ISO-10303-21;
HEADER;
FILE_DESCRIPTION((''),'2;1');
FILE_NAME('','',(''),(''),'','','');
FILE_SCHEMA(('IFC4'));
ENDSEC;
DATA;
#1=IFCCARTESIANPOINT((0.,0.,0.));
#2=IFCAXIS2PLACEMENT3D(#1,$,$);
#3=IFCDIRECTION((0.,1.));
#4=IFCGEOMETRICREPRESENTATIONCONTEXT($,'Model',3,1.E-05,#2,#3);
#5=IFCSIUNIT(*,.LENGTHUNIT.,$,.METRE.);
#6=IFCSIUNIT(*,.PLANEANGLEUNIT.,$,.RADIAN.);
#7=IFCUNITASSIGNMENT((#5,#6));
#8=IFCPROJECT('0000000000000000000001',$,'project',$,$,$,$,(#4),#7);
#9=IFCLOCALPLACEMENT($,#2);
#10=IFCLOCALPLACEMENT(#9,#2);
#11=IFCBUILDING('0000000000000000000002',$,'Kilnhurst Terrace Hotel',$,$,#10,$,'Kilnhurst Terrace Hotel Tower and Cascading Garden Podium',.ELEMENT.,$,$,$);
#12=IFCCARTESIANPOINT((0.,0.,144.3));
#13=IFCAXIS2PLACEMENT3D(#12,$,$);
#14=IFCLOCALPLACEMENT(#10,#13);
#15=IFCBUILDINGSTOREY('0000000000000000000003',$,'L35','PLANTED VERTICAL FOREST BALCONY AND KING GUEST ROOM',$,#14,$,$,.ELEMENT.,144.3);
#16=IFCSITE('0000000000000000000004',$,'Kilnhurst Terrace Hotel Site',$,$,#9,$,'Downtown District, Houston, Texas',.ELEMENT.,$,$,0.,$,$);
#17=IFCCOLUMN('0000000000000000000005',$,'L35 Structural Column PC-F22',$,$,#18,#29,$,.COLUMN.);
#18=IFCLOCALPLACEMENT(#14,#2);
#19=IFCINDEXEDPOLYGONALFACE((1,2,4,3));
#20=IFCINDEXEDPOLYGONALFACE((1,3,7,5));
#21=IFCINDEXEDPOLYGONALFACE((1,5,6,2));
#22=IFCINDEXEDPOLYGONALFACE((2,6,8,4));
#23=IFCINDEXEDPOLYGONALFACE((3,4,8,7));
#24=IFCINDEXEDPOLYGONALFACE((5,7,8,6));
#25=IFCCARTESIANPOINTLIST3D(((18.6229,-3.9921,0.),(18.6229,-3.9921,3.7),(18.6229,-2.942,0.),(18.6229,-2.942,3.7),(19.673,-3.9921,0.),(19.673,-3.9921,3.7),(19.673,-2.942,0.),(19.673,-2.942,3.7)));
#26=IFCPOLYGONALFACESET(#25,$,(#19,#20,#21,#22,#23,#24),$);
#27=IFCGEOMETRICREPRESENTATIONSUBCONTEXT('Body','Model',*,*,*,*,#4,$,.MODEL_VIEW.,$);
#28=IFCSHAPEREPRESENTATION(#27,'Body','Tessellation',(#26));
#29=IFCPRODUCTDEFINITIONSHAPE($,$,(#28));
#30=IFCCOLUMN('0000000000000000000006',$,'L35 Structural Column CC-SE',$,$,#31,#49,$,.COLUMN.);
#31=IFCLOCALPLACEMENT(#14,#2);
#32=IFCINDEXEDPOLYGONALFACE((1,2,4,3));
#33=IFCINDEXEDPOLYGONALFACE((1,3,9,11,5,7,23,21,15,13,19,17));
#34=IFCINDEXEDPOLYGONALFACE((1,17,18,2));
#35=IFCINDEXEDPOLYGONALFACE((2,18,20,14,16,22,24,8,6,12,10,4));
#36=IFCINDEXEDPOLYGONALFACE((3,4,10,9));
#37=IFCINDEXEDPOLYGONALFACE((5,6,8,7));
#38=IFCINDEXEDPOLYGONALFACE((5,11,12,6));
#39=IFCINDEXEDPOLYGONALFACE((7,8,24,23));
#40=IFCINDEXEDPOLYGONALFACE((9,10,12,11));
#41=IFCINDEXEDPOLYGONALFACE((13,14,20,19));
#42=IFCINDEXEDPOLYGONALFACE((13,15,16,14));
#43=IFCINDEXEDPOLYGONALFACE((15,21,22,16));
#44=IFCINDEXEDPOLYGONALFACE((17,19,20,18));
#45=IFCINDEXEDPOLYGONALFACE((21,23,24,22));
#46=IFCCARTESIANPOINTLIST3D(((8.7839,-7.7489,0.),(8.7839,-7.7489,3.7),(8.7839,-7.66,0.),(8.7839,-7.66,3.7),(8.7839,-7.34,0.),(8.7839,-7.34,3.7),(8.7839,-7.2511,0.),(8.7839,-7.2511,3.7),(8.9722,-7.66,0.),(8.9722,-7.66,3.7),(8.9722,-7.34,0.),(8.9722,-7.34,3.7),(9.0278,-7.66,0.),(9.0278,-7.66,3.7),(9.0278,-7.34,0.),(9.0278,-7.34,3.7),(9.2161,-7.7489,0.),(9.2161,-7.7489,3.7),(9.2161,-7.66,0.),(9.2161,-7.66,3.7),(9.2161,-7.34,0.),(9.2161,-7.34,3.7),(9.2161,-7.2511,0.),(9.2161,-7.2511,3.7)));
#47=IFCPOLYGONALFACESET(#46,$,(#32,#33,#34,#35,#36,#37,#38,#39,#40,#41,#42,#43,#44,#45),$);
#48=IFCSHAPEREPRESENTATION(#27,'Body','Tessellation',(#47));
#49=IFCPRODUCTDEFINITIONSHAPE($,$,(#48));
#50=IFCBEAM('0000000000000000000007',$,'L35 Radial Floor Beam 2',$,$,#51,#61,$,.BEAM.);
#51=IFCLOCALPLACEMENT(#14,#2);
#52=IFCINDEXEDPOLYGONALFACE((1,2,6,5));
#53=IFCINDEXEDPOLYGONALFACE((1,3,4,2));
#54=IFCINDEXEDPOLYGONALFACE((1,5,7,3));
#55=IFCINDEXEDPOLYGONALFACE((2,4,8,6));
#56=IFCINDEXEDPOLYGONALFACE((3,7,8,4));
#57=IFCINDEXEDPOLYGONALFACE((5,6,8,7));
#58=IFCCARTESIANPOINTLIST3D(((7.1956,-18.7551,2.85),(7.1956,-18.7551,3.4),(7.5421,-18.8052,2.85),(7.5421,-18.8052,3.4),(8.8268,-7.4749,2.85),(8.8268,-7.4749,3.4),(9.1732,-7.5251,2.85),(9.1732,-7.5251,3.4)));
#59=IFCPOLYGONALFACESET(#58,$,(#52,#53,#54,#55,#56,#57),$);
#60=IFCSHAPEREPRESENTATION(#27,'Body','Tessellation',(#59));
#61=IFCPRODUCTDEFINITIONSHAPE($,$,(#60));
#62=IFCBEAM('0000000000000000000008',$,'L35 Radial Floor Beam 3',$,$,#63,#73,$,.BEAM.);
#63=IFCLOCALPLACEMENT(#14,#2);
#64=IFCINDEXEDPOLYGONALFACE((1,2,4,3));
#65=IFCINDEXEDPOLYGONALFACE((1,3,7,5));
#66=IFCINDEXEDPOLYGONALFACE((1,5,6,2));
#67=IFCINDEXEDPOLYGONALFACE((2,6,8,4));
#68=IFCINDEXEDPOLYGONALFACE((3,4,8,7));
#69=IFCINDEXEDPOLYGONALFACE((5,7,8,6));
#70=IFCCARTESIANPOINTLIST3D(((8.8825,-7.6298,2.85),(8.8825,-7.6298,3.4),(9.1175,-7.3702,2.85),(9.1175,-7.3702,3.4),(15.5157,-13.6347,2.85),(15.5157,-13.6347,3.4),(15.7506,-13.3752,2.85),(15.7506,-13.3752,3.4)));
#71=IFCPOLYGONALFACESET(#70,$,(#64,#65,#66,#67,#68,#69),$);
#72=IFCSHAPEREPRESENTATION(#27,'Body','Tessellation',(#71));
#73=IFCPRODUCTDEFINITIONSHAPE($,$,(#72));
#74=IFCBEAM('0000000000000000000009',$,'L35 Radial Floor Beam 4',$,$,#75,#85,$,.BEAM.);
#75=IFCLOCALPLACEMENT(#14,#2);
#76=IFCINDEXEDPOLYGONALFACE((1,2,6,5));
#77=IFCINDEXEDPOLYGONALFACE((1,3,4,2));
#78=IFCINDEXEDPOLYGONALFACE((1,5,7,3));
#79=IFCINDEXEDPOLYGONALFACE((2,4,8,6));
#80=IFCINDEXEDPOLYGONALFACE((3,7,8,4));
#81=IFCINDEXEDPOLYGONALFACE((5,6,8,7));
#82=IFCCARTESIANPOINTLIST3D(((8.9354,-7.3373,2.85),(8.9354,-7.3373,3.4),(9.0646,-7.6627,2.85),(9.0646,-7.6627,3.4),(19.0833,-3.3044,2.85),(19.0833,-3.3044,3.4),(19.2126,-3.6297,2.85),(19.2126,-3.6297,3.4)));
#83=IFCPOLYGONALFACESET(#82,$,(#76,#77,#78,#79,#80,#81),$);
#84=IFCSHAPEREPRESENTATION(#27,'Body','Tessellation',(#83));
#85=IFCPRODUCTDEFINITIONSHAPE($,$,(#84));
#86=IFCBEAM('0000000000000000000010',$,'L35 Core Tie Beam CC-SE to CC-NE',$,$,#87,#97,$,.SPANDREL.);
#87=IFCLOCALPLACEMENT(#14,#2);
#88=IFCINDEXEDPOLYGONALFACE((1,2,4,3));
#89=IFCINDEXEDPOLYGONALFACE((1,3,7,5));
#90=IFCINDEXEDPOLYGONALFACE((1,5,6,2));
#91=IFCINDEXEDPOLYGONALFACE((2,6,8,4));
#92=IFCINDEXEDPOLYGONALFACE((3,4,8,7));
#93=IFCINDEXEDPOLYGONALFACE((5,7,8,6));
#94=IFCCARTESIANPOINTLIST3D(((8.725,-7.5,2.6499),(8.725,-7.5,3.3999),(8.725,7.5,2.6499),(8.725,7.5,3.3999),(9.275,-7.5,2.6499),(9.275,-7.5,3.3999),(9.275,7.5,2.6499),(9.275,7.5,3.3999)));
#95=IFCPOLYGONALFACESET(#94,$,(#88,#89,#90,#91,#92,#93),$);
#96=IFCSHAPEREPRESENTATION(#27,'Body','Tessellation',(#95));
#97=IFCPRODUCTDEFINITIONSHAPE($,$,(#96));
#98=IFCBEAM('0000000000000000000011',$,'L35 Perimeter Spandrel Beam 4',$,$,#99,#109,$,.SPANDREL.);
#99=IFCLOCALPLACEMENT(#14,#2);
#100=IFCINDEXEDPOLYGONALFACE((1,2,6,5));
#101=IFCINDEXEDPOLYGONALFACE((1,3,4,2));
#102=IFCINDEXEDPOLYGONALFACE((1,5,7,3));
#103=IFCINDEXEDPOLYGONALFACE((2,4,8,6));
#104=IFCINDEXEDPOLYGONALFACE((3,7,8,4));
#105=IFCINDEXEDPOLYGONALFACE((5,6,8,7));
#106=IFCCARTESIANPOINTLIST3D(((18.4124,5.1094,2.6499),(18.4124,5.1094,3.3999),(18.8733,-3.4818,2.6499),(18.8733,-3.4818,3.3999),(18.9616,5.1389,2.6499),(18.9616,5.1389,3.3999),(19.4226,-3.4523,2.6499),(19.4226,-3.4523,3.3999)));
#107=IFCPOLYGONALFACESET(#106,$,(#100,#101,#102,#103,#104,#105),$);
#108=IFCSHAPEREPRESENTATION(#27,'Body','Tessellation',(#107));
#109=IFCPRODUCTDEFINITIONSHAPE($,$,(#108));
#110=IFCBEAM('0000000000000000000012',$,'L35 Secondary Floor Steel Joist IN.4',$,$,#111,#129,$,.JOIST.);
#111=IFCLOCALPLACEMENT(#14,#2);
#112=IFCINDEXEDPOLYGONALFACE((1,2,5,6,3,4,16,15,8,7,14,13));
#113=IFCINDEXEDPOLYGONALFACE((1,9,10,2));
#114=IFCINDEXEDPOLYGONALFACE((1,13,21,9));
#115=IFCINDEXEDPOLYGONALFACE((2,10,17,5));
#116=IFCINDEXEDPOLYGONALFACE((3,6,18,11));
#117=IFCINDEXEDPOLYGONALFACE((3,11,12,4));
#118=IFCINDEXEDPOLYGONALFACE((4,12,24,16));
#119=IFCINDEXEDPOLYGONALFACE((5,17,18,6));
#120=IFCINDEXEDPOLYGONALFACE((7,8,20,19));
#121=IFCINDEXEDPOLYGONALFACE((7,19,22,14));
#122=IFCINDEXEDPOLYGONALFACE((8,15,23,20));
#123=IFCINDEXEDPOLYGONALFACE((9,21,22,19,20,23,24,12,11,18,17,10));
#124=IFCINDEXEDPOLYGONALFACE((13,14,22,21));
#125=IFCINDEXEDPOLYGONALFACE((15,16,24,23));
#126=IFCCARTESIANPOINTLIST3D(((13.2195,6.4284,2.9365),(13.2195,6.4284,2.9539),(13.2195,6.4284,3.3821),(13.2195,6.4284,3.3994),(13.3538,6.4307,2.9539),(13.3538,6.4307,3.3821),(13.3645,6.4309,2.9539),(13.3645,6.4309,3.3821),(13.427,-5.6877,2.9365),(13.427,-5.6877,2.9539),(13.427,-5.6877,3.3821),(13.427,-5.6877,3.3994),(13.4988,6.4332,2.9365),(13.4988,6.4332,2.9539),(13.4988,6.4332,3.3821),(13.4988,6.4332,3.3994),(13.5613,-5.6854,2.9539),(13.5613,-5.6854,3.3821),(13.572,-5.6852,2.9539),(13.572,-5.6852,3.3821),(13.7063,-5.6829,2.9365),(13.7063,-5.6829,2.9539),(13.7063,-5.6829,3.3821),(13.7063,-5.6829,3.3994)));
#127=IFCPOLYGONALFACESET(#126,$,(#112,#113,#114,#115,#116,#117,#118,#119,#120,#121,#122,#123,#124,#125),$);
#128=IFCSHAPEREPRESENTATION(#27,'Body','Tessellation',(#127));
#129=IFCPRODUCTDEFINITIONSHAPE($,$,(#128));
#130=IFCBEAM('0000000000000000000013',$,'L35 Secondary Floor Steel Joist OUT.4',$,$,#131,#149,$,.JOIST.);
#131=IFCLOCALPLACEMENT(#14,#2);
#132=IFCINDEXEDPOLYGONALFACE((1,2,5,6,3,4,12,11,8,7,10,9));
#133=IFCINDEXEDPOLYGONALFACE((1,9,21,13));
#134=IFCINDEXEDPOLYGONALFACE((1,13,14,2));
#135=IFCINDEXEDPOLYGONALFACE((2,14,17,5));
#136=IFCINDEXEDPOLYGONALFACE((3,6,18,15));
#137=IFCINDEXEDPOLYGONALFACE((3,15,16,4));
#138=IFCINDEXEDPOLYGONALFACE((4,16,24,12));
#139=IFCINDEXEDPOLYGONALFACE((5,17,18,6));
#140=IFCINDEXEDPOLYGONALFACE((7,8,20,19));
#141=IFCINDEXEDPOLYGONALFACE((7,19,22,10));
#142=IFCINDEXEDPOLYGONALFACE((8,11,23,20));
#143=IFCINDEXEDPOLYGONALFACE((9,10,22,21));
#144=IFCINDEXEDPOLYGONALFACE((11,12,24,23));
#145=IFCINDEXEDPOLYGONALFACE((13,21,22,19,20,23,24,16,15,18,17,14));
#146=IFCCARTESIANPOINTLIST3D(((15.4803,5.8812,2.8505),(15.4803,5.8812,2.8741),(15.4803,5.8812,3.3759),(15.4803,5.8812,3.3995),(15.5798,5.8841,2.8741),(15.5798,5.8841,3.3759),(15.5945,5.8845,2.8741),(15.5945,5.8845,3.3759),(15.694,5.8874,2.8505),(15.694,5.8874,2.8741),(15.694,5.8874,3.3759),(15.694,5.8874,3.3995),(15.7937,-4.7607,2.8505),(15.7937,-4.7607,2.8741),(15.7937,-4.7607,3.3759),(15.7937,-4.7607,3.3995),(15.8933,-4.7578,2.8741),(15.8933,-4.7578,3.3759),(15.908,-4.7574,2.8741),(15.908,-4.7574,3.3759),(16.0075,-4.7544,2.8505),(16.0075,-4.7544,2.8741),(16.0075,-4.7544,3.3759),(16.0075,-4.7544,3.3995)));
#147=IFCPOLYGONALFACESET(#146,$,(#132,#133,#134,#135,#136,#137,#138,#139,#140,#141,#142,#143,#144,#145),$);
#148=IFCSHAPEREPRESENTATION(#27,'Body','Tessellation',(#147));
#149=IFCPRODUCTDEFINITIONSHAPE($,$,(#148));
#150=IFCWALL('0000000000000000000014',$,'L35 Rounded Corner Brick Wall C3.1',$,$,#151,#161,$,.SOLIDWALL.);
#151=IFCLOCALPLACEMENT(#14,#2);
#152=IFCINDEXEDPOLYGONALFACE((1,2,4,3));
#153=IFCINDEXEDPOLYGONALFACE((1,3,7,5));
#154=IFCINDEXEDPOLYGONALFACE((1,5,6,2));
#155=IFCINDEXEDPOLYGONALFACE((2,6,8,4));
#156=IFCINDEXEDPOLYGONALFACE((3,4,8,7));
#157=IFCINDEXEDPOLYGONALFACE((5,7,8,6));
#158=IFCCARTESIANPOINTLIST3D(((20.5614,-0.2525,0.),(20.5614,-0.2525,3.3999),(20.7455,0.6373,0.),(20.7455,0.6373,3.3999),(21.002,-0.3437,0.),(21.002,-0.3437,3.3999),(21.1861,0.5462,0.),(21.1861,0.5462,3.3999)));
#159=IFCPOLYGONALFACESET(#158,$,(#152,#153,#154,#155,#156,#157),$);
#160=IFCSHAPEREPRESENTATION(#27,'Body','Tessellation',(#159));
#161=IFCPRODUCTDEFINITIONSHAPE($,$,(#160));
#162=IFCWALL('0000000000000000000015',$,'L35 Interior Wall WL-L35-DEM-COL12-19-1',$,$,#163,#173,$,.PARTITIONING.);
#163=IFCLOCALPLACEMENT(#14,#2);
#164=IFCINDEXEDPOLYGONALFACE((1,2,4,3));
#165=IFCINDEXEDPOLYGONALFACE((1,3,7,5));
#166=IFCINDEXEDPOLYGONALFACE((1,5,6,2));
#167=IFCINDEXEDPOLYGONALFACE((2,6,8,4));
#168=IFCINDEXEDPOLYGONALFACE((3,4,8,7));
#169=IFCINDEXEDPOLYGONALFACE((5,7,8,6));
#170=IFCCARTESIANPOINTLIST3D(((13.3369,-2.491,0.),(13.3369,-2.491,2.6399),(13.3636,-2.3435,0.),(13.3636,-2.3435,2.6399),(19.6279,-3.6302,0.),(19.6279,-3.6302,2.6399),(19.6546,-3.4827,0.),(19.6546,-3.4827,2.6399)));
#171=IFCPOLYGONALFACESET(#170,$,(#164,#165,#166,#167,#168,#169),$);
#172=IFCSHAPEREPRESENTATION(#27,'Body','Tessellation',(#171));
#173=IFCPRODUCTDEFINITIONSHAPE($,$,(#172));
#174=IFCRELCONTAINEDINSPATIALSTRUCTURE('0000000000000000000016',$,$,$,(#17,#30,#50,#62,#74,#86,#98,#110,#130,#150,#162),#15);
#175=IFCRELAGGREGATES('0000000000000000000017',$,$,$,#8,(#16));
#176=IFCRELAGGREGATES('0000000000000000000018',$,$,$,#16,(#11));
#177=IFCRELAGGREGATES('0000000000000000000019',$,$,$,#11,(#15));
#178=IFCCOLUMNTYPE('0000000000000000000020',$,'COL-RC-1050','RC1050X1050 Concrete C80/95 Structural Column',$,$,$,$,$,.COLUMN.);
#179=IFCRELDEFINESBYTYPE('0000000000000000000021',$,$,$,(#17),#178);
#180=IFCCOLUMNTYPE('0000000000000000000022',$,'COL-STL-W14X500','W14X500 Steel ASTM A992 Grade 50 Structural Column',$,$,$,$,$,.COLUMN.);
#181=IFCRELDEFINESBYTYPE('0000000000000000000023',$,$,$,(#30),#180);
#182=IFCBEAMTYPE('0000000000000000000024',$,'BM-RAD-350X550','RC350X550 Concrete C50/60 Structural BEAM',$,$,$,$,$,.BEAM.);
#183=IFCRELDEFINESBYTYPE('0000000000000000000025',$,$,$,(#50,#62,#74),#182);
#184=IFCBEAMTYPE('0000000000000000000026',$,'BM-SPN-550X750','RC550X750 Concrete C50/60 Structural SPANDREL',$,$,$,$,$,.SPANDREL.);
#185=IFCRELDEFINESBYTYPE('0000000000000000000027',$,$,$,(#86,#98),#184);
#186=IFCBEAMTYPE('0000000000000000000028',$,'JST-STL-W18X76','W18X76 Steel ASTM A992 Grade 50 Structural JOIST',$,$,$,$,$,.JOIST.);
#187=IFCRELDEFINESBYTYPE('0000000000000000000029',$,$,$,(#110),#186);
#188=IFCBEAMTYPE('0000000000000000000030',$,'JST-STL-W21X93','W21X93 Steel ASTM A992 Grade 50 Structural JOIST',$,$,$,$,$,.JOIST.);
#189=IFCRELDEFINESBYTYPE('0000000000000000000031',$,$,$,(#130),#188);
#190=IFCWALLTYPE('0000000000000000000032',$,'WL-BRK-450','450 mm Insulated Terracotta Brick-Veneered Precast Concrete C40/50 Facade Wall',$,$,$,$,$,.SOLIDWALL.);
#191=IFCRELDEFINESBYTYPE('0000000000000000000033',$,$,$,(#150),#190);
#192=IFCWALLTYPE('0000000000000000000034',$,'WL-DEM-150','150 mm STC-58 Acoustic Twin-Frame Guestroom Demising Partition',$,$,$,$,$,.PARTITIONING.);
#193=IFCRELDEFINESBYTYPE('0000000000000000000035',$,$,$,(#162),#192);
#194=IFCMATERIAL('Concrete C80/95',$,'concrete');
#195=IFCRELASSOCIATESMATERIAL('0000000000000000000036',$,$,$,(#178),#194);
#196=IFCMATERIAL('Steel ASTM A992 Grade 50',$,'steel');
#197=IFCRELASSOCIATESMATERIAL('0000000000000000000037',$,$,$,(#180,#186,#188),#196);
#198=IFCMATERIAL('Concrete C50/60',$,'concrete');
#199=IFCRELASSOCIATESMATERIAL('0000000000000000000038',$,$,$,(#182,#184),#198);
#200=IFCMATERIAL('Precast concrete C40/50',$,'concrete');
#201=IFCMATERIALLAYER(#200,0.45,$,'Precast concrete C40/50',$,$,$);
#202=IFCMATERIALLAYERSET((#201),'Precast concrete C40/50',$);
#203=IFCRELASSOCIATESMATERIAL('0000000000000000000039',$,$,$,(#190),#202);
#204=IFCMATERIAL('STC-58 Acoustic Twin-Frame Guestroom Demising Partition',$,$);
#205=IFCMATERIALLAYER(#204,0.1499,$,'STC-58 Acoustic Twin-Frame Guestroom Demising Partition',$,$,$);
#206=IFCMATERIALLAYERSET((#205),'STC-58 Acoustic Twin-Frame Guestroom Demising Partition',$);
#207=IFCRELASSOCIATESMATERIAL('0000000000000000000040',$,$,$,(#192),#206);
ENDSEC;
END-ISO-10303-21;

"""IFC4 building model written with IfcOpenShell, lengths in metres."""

from ifc_helpers import new_model, si_unit, direction, frame, frame_2d, origin, origin_2d, place, context, subcontext, project, spatial, rectangle, i_section, extrude, material, layer, layer_set, material_profile, profile_set, type_object, element, save


model = new_model("IFC4")

# Units and contexts
model_context = context("Model", 3, precision=1e-05, world=origin(), true_north=direction((0.0, 1.0)))
body_context = subcontext(model_context, "Body", "Model", "MODEL_VIEW")
ifc_project = project(units=[si_unit("LENGTHUNIT", "METRE"), si_unit("PLANEANGLEUNIT", "RADIAN")], contexts=[model_context])

# Site, building, storey
site_placement = place(None, origin())
site = spatial("IfcSite", under=ifc_project, at=site_placement, Name="Kilnhurst Terrace Hotel Site", LongName="Downtown District, Houston, Texas", CompositionType="ELEMENT", RefElevation=0.0)
building_placement = place(site_placement, origin())
building = spatial("IfcBuilding", under=site, at=building_placement, Name="Kilnhurst Terrace Hotel", LongName="Kilnhurst Terrace Hotel Tower and Cascading Garden Podium", CompositionType="ELEMENT")
storey_placement = place(building_placement, frame((0.0, 0.0, 144.3)))
storey = spatial("IfcBuildingStorey", under=building, at=storey_placement, Name="L35", Description="PLANTED VERTICAL FOREST BALCONY AND KING GUEST ROOM", CompositionType="ELEMENT", Elevation=144.3)

# Columns
ifc_material_1 = material(Name="Concrete C80/95", Category="concrete")
ifc_material_profile_1 = material_profile(ifc_material_1, rectangle(XDim=1.05, YDim=1.05, at=origin_2d()), Name="RC1050X1050")
ifc_profile_set_1 = profile_set([ifc_material_profile_1], Name="Concrete C80/95")
column_type_1 = type_object("IfcColumnType", Name="COL-RC-1050", Description="RC1050X1050 Concrete C80/95 Structural Column", PredefinedType="COLUMN", material=ifc_profile_set_1)
column_1_placement = place(storey_placement, frame((19.1479, -3.467, 0.0), z_axis=(0.0, 0.0, 1.0), x_axis=(1.0, 0.0, 0.0)))
element("IfcColumn", 1, at=column_1_placement, inside=storey, type_object=column_type_1, Name="L35 Structural Column PC-F22", PredefinedType="COLUMN", context=body_context, shape_type="SweptSolid", body=[
    extrude(rectangle(XDim=1.05, YDim=1.05, at=origin_2d()), origin(), (0.0, 0.0, 1.0), 3.7),
])
ifc_material_2 = material(Name="Steel ASTM A992 Grade 50", Category="steel")
ifc_material_profile_2 = material_profile(ifc_material_2, i_section(OverallWidth=0.4321, OverallDepth=0.4978, WebThickness=0.0557, FlangeThickness=0.0889, at=origin_2d()), Name="W14X500")
ifc_profile_set_2 = profile_set([ifc_material_profile_2], Name="Steel ASTM A992 Grade 50")
column_type_2 = type_object("IfcColumnType", Name="COL-STL-W14X500", Description="W14X500 Steel ASTM A992 Grade 50 Structural Column", PredefinedType="COLUMN", material=ifc_profile_set_2)
column_2_placement = place(storey_placement, frame((9.0, -7.5, 0.0), z_axis=(0.0, 0.0, 1.0), x_axis=(1.0, 0.0, 0.0)))
element("IfcColumn", 2, at=column_2_placement, inside=storey, type_object=column_type_2, Name="L35 Structural Column CC-SE", PredefinedType="COLUMN", context=body_context, shape_type="SweptSolid", body=[
    extrude(i_section(OverallWidth=0.4321, OverallDepth=0.4978, WebThickness=0.0557, FlangeThickness=0.0889, at=origin_2d()), origin(), (0.0, 0.0, 1.0), 3.7),
])

# Beams
ifc_material_3 = material(Name="Concrete C50/60", Category="concrete")
ifc_material_profile_3 = material_profile(ifc_material_3, rectangle(XDim=0.3501, YDim=0.55, at=origin_2d()), Name="RC350X550")
ifc_profile_set_3 = profile_set([ifc_material_profile_3], Name="Concrete C50/60")
beam_type_1 = type_object("IfcBeamType", Name="BM-RAD-350X550", Description="RC350X550 Concrete C50/60 Structural BEAM", PredefinedType="BEAM", material=ifc_profile_set_3)
beam_1_placement = place(storey_placement, frame((9.0, -7.5, 3.125), z_axis=(-0.143113, -0.989706, 0.0), x_axis=(0.989706, -0.143113, 0.0)))
element("IfcBeam", 3, at=beam_1_placement, inside=storey, type_object=beam_type_1, Name="L35 Radial Floor Beam 2", PredefinedType="BEAM", context=body_context, shape_type="SweptSolid", body=[
    extrude(rectangle(XDim=0.3501, YDim=0.55, at=origin_2d()), origin(), (0.0, 0.0, 1.0), 11.3975),
])
beam_2_placement = place(storey_placement, frame((9.0, -7.5, 3.125), z_axis=(0.741339, -0.671131, 0.0), x_axis=(0.671131, 0.741339, 0.0)))
element("IfcBeam", 4, at=beam_2_placement, inside=storey, type_object=beam_type_1, Name="L35 Radial Floor Beam 3", PredefinedType="BEAM", context=body_context, shape_type="SweptSolid", body=[
    extrude(rectangle(XDim=0.3501, YDim=0.55, at=origin_2d()), origin(), (0.0, 0.0, 1.0), 8.9475),
])
beam_3_placement = place(storey_placement, frame((9.0, -7.5, 3.125), z_axis=(0.929302, 0.36932, 0.0), x_axis=(-0.36932, 0.929302, 0.0)))
element("IfcBeam", 5, at=beam_3_placement, inside=storey, type_object=beam_type_1, Name="L35 Radial Floor Beam 4", PredefinedType="BEAM", context=body_context, shape_type="SweptSolid", body=[
    extrude(rectangle(XDim=0.3501, YDim=0.55, at=origin_2d()), origin(), (0.0, 0.0, 1.0), 10.9199),
])
ifc_material_profile_4 = material_profile(ifc_material_3, rectangle(XDim=0.55, YDim=0.75, at=origin_2d()), Name="RC550X750")
ifc_profile_set_4 = profile_set([ifc_material_profile_4], Name="Concrete C50/60")
beam_type_2 = type_object("IfcBeamType", Name="BM-SPN-550X750", Description="RC550X750 Concrete C50/60 Structural SPANDREL", PredefinedType="SPANDREL", material=ifc_profile_set_4)
beam_4_placement = place(storey_placement, frame((9.0, -7.5, 3.0249), z_axis=(0.0, 1.0, 0.0), x_axis=(-1.0, 0.0, 0.0)))
element("IfcBeam", 6, at=beam_4_placement, inside=storey, type_object=beam_type_2, Name="L35 Core Tie Beam CC-SE to CC-NE", PredefinedType="SPANDREL", context=body_context, shape_type="SweptSolid", body=[
    extrude(rectangle(XDim=0.55, YDim=0.75, at=origin_2d()), origin(), (0.0, 0.0, 1.0), 15.0),
])
beam_5_placement = place(storey_placement, frame((19.1479, -3.467, 3.0249), z_axis=(-0.053576, 0.998564, 0.0), x_axis=(-0.998564, -0.053576, 0.0)))
element("IfcBeam", 7, at=beam_5_placement, inside=storey, type_object=beam_type_2, Name="L35 Perimeter Spandrel Beam 4", PredefinedType="SPANDREL", context=body_context, shape_type="SweptSolid", body=[
    extrude(rectangle(XDim=0.55, YDim=0.75, at=origin_2d()), origin(), (0.0, 0.0, 1.0), 8.6035),
])
ifc_material_profile_5 = material_profile(ifc_material_2, i_section(OverallWidth=0.2793, OverallDepth=0.4629, WebThickness=0.0107, FlangeThickness=0.0173, at=origin_2d()), Name="W18X76")
ifc_profile_set_5 = profile_set([ifc_material_profile_5], Name="Steel ASTM A992 Grade 50")
beam_type_3 = type_object("IfcBeamType", Name="JST-STL-W18X76", Description="W18X76 Steel ASTM A992 Grade 50 Structural JOIST", PredefinedType="JOIST", material=ifc_profile_set_5)
beam_6_placement = place(storey_placement, frame((13.5667, -5.6853, 3.168), z_axis=(-0.017125, 0.999853, 0.0), x_axis=(-0.999853, -0.017125, 0.0)))
element("IfcBeam", 8, at=beam_6_placement, inside=storey, type_object=beam_type_3, Name="L35 Secondary Floor Steel Joist IN.4", PredefinedType="JOIST", context=body_context, shape_type="SweptSolid", body=[
    extrude(i_section(OverallWidth=0.2793, OverallDepth=0.4629, WebThickness=0.0107, FlangeThickness=0.0173, at=origin_2d()), origin(), (0.0, 0.0, 1.0), 12.1179),
])
ifc_material_profile_6 = material_profile(ifc_material_2, i_section(OverallWidth=0.2139, OverallDepth=0.5491, WebThickness=0.0146, FlangeThickness=0.0237, at=origin_2d()), Name="W21X93")
ifc_profile_set_6 = profile_set([ifc_material_profile_6], Name="Steel ASTM A992 Grade 50")
beam_type_4 = type_object("IfcBeamType", Name="JST-STL-W21X93", Description="W21X93 Steel ASTM A992 Grade 50 Structural JOIST", PredefinedType="JOIST", material=ifc_profile_set_6)
beam_7_placement = place(storey_placement, frame((15.9006, -4.7576, 3.125), z_axis=(-0.029444, 0.999566, 0.0), x_axis=(-0.999566, -0.029444, 0.0)))
element("IfcBeam", 9, at=beam_7_placement, inside=storey, type_object=beam_type_4, Name="L35 Secondary Floor Steel Joist OUT.4", PredefinedType="JOIST", context=body_context, shape_type="SweptSolid", body=[
    extrude(i_section(OverallWidth=0.2139, OverallDepth=0.5491, WebThickness=0.0146, FlangeThickness=0.0237, at=origin_2d()), origin(), (0.0, 0.0, 1.0), 10.6465),
])

# Wall
ifc_material_4 = material(Name="Precast concrete C40/50", Category="concrete")
ifc_layer_1 = layer(ifc_material_4, 0.45, Name="Precast concrete C40/50")
ifc_layer_set_1 = layer_set([ifc_layer_1], Name="Precast concrete C40/50")
wall_type_1 = type_object("IfcWallType", Name="WL-BRK-450", Description="450 mm Insulated Terracotta Brick-Veneered Precast Concrete C40/50 Facade Wall", PredefinedType="SOLIDWALL", material=ifc_layer_set_1)
wall_1_placement = place(storey_placement, frame((20.7817, -0.2981, 0.0), z_axis=(0.0, 0.0, 1.0), x_axis=(0.20257, 0.979268, 0.0)))
element("IfcWall", 10, at=wall_1_placement, inside=storey, type_object=wall_type_1, Name="L35 Rounded Corner Brick Wall C3.1", PredefinedType="SOLIDWALL", context=body_context, shape_type="SweptSolid", body=[
    extrude(rectangle(XDim=0.9087, YDim=0.45, at=frame_2d((0.4543, 0.0))), origin(), (0.0, 0.0, 1.0), 3.3999),
])

# Wall
ifc_material_5 = material(Name="STC-58 Acoustic Twin-Frame Guestroom Demising Partition")
ifc_layer_2 = layer(ifc_material_5, 0.1499, Name="STC-58 Acoustic Twin-Frame Guestroom Demising Partition")
ifc_layer_set_2 = layer_set([ifc_layer_2], Name="STC-58 Acoustic Twin-Frame Guestroom Demising Partition")
wall_type_2 = type_object("IfcWallType", Name="WL-DEM-150", Description="150 mm STC-58 Acoustic Twin-Frame Guestroom Demising Partition", PredefinedType="PARTITIONING", material=ifc_layer_set_2)
wall_2_placement = place(storey_placement, frame((13.3501, -2.4172, 0.0), z_axis=(0.0, 0.0, 1.0), x_axis=(0.983998, -0.17818, 0.0)))
element("IfcWall", 11, at=wall_2_placement, inside=storey, type_object=wall_type_2, Name="L35 Interior Wall WL-L35-DEM-COL12-19-1", PredefinedType="PARTITIONING", context=body_context, shape_type="SweptSolid", body=[
    extrude(rectangle(XDim=6.3933, YDim=0.1499, at=frame_2d((3.1968, 0.0))), origin(), (0.0, 0.0, 1.0), 2.6399),
])

save(model, "model.ifc")
